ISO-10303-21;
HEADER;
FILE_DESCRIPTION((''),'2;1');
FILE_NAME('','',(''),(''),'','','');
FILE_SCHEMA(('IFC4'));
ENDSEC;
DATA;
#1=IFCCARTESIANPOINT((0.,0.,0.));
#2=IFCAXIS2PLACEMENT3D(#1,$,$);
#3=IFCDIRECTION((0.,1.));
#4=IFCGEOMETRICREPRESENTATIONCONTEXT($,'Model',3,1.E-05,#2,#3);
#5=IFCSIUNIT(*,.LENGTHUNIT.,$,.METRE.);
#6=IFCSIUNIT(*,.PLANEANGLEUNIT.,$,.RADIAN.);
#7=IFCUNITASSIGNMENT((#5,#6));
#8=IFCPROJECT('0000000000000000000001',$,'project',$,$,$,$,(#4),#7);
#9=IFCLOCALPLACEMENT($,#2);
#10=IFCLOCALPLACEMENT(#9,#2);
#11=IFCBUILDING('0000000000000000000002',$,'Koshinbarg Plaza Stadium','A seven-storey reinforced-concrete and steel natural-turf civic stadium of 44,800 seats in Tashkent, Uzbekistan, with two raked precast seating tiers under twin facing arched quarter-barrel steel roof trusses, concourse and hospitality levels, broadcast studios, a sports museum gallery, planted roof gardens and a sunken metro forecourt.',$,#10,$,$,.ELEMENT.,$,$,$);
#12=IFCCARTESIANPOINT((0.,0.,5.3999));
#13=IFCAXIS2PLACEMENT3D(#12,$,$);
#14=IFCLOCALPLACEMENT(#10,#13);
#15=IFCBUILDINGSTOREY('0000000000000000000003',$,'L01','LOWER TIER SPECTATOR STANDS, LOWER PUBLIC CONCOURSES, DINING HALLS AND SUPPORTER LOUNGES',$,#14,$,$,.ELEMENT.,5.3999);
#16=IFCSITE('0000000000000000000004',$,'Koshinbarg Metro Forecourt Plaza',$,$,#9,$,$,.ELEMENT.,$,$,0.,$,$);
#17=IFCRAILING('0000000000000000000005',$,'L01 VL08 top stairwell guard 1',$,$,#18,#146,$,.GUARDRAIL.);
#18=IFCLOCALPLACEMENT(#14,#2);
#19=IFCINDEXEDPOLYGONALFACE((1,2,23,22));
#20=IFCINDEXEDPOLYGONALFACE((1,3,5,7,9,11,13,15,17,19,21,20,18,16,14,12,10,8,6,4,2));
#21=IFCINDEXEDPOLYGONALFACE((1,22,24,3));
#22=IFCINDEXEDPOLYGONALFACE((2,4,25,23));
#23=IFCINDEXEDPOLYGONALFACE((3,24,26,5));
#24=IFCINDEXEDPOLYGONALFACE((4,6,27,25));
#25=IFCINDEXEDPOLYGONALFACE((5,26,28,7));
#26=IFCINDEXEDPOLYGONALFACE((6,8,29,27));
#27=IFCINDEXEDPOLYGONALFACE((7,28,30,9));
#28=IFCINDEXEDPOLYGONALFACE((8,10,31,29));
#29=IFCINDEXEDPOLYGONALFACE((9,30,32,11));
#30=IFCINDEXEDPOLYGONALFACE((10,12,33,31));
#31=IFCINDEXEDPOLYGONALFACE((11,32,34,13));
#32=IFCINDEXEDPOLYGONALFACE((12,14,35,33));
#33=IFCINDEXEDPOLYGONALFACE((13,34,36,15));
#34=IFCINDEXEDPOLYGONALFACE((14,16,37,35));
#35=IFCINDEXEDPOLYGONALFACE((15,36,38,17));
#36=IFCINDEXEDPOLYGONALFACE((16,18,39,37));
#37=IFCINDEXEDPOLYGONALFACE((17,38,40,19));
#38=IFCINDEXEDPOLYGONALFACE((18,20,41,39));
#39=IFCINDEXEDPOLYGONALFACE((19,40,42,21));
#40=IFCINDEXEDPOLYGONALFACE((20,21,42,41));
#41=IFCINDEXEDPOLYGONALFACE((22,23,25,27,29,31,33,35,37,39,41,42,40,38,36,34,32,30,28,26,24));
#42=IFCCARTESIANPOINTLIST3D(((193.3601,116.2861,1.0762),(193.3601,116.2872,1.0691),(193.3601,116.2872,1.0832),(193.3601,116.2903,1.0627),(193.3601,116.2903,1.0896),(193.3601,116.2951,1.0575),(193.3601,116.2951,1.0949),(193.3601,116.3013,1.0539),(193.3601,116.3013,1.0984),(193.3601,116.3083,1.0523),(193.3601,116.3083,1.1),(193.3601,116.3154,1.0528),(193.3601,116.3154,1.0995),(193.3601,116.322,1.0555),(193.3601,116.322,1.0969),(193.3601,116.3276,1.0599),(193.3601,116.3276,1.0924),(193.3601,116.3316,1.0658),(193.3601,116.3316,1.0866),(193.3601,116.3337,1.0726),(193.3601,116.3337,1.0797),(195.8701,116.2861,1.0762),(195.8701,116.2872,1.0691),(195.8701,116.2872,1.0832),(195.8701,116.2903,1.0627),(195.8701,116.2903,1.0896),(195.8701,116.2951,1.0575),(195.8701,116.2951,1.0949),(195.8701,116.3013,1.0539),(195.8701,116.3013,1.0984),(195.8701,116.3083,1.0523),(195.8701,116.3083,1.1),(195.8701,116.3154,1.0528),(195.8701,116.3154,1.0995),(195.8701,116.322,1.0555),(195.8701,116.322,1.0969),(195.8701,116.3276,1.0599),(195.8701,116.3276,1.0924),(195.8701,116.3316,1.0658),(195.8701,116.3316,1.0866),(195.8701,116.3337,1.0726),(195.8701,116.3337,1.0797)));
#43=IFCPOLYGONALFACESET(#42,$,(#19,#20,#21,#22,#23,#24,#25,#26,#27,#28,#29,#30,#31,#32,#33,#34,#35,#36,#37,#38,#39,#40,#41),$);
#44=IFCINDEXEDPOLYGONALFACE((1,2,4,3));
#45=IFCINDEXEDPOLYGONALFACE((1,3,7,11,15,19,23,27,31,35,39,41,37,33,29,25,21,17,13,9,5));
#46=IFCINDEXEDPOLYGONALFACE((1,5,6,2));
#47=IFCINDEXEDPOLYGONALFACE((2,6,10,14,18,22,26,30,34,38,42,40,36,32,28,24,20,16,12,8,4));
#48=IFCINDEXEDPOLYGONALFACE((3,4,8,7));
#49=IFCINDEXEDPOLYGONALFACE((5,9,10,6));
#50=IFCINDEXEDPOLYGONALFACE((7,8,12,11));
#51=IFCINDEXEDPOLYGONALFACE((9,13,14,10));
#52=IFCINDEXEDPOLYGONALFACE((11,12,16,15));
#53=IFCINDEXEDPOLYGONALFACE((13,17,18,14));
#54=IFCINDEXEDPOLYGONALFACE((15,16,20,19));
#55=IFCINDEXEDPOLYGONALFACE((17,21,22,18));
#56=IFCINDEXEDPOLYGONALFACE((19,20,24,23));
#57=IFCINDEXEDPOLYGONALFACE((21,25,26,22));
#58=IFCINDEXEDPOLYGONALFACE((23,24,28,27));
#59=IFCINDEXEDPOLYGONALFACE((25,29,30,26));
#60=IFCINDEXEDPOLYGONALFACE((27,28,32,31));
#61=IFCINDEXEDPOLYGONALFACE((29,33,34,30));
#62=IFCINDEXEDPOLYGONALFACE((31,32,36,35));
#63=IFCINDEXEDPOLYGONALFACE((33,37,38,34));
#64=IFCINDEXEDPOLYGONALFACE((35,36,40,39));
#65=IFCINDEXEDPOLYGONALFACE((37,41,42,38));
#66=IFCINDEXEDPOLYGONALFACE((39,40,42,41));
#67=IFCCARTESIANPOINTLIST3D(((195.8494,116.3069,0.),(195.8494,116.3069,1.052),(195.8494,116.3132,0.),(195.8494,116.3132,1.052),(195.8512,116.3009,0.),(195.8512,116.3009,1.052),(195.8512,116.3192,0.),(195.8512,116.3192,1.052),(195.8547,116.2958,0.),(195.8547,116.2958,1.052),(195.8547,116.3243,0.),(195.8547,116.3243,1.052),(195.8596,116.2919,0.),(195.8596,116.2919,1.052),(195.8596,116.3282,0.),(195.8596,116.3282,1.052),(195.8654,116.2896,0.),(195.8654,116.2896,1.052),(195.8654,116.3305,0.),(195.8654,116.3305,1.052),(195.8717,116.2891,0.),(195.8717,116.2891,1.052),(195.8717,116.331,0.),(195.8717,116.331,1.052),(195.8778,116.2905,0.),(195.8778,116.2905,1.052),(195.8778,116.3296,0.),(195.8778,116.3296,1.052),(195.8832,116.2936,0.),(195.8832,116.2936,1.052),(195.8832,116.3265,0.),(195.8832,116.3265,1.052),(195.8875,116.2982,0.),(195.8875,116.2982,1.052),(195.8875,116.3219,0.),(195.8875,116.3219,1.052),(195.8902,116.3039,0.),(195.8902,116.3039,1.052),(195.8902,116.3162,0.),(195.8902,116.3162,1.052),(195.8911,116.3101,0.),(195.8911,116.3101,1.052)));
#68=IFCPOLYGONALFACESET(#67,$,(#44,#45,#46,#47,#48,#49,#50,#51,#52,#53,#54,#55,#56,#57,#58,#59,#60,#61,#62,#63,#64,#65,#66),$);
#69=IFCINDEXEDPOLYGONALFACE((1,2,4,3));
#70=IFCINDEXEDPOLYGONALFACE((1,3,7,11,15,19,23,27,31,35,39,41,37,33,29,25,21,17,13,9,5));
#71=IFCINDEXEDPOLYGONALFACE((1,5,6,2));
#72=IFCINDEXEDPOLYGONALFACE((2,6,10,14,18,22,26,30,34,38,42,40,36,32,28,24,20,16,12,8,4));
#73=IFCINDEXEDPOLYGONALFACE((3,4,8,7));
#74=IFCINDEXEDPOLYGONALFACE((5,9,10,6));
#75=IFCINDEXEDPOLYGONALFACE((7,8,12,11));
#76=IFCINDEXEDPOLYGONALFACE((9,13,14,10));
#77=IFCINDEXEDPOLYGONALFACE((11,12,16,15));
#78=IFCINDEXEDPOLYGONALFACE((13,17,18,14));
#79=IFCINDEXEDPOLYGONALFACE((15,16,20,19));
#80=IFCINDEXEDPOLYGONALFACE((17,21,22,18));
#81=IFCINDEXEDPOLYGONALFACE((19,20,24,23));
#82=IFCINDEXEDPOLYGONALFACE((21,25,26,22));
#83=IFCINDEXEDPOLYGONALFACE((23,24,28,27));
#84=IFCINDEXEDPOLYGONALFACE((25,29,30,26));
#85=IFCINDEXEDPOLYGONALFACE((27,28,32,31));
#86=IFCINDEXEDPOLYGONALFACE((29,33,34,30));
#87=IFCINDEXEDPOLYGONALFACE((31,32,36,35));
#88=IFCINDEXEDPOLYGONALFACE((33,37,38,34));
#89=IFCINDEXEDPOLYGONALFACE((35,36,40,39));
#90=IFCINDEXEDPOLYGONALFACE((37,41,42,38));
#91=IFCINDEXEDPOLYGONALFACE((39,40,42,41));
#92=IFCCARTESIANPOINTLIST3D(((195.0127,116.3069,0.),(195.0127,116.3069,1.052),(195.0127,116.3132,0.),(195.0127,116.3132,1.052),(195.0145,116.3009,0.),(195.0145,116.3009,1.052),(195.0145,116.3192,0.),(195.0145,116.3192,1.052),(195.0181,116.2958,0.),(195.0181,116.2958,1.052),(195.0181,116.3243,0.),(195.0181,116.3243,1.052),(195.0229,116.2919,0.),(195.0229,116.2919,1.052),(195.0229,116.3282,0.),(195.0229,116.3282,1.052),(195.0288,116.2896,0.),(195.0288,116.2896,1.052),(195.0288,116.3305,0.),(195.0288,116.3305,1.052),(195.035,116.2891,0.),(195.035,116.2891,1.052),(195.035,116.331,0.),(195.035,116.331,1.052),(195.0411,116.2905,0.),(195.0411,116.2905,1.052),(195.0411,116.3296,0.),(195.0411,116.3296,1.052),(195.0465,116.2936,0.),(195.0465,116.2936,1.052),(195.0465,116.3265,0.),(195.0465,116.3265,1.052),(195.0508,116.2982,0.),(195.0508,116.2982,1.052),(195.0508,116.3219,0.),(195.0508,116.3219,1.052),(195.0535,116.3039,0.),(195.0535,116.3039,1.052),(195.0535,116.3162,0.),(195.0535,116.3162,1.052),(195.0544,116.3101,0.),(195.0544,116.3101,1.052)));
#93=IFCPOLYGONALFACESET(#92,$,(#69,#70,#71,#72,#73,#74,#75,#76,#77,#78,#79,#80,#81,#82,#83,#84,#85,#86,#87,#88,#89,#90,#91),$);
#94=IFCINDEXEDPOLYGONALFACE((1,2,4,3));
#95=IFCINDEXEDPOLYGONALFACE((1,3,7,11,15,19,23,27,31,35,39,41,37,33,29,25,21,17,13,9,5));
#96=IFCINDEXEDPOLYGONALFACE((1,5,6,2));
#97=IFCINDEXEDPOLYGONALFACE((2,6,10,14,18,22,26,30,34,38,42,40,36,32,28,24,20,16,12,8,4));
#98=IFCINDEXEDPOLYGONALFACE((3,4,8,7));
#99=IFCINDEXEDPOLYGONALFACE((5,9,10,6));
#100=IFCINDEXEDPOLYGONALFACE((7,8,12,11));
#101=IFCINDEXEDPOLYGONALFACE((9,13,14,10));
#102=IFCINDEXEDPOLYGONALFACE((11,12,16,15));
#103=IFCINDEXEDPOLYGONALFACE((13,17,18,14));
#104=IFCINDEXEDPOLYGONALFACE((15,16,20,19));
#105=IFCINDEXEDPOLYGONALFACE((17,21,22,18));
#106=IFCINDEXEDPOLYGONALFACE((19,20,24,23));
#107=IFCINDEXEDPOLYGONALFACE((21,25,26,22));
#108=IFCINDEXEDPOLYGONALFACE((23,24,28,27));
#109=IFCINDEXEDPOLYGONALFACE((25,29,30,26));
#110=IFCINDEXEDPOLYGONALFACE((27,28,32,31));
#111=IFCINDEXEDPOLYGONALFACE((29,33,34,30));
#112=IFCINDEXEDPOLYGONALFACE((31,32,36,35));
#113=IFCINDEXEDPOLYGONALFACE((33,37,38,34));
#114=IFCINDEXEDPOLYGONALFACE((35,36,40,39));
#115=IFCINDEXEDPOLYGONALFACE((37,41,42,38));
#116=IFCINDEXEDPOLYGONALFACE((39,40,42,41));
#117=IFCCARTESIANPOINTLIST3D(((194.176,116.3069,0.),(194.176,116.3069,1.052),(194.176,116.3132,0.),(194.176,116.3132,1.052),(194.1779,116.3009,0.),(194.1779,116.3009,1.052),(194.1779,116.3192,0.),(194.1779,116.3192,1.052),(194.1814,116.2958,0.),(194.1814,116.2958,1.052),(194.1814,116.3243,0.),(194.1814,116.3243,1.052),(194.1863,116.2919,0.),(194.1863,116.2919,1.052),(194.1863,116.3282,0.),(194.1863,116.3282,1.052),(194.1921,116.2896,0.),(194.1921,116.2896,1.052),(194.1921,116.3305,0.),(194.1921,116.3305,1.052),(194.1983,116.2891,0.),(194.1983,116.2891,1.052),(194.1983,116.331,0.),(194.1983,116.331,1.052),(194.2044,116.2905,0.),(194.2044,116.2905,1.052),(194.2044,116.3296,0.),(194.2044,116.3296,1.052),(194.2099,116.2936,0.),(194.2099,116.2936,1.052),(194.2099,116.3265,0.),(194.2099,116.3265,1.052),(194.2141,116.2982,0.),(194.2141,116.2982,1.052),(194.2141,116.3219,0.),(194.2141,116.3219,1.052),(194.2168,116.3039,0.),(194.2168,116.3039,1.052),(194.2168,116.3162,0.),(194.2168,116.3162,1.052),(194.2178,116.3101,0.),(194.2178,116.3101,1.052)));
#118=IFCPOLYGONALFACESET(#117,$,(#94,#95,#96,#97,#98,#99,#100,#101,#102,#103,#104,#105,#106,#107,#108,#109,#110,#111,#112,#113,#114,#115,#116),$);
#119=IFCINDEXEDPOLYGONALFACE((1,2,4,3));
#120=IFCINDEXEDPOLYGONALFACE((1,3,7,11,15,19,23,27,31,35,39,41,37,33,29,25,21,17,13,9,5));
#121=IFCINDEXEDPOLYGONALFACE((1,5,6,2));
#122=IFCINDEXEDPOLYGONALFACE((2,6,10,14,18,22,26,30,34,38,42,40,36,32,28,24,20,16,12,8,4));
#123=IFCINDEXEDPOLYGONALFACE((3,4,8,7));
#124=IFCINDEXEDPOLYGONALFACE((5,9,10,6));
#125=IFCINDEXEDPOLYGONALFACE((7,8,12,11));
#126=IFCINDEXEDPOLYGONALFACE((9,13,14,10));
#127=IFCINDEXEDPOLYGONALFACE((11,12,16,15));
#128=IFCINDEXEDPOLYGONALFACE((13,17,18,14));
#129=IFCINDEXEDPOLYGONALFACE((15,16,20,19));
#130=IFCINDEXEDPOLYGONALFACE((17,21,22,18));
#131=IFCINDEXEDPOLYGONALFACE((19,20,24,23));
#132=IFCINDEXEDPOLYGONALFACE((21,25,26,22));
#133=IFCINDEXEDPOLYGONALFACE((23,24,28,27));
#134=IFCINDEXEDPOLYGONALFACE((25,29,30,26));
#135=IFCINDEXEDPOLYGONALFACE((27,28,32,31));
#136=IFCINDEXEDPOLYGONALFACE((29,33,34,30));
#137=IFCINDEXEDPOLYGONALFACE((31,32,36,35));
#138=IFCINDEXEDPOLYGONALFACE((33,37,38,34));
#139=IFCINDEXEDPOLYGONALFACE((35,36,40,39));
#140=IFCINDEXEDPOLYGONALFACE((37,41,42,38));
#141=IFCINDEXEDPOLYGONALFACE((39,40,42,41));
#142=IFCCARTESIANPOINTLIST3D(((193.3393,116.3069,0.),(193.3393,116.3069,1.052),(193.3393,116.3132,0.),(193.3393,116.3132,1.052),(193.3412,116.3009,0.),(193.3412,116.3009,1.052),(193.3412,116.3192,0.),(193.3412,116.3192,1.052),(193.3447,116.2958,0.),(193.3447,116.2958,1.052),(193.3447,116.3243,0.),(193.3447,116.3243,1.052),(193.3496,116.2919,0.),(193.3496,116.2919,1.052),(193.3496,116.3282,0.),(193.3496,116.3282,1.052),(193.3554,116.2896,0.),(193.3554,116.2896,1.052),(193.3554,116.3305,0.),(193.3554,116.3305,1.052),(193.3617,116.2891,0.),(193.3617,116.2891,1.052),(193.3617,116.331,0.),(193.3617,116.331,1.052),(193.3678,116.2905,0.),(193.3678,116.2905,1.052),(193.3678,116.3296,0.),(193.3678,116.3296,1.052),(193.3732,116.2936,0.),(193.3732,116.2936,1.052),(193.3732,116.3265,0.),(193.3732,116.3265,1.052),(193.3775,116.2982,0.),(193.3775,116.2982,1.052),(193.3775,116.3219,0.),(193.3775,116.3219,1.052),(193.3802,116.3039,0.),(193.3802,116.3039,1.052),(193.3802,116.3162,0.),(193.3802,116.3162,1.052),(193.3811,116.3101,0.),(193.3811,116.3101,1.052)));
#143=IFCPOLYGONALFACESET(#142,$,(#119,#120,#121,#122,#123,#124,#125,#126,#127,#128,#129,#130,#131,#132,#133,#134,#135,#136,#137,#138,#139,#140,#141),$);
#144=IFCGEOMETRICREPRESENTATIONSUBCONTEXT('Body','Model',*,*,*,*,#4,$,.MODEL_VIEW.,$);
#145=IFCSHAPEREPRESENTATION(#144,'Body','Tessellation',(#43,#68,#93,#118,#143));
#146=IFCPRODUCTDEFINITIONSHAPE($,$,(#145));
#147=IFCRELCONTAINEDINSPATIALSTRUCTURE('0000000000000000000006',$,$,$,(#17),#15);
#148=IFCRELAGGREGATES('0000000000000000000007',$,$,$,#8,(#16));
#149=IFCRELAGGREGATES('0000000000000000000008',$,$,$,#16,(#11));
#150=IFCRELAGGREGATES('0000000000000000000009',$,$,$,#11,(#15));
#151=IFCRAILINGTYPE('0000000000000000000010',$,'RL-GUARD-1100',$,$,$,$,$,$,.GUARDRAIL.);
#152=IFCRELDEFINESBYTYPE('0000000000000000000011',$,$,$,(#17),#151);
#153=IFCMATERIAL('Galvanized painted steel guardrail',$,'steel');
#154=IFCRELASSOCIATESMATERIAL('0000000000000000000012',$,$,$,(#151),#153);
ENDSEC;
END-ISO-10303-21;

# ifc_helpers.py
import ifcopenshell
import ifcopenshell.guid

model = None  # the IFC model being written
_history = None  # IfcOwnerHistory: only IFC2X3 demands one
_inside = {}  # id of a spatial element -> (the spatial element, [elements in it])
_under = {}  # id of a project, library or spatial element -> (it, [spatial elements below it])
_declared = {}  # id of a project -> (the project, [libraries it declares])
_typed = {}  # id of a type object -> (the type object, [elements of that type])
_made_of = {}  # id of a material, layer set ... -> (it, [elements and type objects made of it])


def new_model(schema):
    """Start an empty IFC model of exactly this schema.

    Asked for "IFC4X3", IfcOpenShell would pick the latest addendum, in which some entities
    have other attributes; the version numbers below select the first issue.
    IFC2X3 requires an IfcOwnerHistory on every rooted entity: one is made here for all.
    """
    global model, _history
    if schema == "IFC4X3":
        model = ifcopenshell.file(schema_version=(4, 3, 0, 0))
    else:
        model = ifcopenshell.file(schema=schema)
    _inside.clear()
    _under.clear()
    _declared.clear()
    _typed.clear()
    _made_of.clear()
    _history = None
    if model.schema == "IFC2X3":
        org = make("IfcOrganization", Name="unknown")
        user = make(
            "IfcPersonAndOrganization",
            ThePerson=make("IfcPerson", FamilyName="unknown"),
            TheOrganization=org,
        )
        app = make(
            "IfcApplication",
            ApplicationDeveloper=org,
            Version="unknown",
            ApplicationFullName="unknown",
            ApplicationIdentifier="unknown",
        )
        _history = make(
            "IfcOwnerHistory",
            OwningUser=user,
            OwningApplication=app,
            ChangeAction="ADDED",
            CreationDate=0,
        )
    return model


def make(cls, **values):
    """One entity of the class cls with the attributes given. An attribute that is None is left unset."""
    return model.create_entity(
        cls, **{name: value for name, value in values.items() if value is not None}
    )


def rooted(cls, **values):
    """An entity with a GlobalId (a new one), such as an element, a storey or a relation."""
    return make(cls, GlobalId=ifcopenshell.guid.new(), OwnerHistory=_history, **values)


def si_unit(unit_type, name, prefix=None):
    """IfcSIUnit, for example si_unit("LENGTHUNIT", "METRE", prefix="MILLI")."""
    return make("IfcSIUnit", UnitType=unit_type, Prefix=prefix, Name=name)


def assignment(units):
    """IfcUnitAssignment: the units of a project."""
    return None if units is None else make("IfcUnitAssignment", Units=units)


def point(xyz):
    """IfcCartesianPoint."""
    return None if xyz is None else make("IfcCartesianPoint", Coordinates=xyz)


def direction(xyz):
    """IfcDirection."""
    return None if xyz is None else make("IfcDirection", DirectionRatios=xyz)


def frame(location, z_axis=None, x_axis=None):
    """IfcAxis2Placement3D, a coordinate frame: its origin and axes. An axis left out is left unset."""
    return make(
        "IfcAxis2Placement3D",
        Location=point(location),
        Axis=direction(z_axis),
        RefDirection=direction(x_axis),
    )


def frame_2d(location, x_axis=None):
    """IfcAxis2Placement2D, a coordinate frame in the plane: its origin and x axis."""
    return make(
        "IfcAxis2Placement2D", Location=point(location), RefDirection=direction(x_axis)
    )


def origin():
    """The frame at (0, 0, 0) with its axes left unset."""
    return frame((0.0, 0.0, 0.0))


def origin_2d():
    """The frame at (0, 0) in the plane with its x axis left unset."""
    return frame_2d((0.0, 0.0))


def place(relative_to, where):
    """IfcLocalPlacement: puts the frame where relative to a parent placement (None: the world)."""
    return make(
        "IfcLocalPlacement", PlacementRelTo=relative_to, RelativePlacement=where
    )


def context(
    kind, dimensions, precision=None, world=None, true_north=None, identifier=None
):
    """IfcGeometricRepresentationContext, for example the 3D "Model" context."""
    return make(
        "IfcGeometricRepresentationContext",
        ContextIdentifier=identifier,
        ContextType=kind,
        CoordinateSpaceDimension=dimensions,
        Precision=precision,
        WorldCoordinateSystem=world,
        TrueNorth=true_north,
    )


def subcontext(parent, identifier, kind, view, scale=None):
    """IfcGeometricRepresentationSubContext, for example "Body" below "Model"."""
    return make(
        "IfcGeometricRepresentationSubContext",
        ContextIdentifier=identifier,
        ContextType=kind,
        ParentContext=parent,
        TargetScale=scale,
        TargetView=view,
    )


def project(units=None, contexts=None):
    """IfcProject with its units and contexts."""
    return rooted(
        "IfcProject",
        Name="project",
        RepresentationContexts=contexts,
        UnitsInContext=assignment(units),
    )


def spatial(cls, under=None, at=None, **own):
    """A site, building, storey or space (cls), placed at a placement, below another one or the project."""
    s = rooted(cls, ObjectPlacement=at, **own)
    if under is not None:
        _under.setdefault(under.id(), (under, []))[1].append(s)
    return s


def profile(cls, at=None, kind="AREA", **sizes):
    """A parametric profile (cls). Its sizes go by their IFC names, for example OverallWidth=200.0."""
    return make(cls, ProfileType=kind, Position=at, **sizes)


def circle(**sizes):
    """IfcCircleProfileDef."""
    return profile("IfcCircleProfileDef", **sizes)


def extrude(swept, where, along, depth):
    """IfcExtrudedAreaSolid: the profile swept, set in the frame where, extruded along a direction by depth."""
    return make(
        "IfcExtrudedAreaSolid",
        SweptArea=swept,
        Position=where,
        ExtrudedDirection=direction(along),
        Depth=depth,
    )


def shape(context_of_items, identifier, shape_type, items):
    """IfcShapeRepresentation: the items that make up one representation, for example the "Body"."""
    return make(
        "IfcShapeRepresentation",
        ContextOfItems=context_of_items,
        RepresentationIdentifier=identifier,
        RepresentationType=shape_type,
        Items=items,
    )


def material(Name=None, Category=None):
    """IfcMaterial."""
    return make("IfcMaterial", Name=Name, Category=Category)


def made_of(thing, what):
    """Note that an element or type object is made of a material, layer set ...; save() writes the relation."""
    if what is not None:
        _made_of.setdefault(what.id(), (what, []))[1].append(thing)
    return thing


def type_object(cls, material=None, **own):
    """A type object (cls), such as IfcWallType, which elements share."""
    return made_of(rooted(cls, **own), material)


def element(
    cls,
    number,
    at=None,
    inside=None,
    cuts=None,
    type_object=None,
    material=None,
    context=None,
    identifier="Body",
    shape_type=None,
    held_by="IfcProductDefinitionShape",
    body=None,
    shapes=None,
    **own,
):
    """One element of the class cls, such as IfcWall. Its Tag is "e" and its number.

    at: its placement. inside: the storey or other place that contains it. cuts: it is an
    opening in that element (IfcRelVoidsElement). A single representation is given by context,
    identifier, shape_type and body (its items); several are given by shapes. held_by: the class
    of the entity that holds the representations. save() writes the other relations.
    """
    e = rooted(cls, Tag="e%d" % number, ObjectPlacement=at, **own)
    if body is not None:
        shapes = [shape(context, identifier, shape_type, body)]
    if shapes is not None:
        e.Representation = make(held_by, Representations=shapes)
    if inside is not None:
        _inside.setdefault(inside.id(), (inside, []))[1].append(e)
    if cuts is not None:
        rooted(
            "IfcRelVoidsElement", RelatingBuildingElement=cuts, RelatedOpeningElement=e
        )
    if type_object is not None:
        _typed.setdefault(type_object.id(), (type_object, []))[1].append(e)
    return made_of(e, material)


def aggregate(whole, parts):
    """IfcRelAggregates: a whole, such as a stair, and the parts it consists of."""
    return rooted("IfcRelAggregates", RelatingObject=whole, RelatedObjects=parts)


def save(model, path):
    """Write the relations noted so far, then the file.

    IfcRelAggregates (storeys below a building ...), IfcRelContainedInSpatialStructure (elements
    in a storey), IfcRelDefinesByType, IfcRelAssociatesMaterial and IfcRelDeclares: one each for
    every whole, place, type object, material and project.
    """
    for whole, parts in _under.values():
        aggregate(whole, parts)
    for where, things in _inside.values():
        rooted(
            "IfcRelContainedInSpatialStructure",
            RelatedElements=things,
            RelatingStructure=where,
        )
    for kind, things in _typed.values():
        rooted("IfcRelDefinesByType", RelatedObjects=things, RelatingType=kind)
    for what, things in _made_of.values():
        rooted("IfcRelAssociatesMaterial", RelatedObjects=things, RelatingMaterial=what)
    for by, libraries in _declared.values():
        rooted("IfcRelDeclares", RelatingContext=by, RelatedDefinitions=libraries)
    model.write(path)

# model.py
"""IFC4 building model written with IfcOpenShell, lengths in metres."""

from ifc_helpers import new_model, si_unit, direction, frame, origin, origin_2d, place, context, subcontext, project, spatial, circle, extrude, material, type_object, element, save


model = new_model("IFC4")

# Units and contexts
model_context = context("Model", 3, precision=1e-05, world=origin(), true_north=direction((0.0, 1.0)))
body_context = subcontext(model_context, "Body", "Model", "MODEL_VIEW")
ifc_project = project(units=[si_unit("LENGTHUNIT", "METRE"), si_unit("PLANEANGLEUNIT", "RADIAN")], contexts=[model_context])

# Site, building, storey
site_placement = place(None, origin())
site = spatial("IfcSite", under=ifc_project, at=site_placement, Name="Koshinbarg Metro Forecourt Plaza", CompositionType="ELEMENT", RefElevation=0.0)
building_placement = place(site_placement, origin())
building = spatial("IfcBuilding", under=site, at=building_placement, Name="Koshinbarg Plaza Stadium", Description="A seven-storey reinforced-concrete and steel natural-turf civic stadium of 44,800 seats in Tashkent, Uzbekistan, with two raked precast seating tiers under twin facing arched quarter-barrel steel roof trusses, concourse and hospitality levels, broadcast studios, a sports museum gallery, planted roof gardens and a sunken metro forecourt.", CompositionType="ELEMENT")
storey_placement = place(building_placement, frame((0.0, 0.0, 5.3999)))
storey = spatial("IfcBuildingStorey", under=building, at=storey_placement, Name="L01", Description="LOWER TIER SPECTATOR STANDS, LOWER PUBLIC CONCOURSES, DINING HALLS AND SUPPORTER LOUNGES", CompositionType="ELEMENT", Elevation=5.3999)

# Railing
ifc_material_1 = material(Name="Galvanized painted steel guardrail", Category="steel")
railing_type_1 = type_object("IfcRailingType", Name="RL-GUARD-1100", PredefinedType="GUARDRAIL", material=ifc_material_1)
railing_1_placement = place(storey_placement, frame((195.8701, 116.3101, 0.0)))
element("IfcRailing", 1, at=railing_1_placement, inside=storey, type_object=railing_type_1, Name="L01 VL08 top stairwell guard 1", PredefinedType="GUARDRAIL", context=body_context, shape_type="SweptSolid", body=[
    extrude(circle(Radius=0.0239, at=origin_2d()), frame((0.0, 0.0, 1.0762), z_axis=(-1.0, 0.0, 0.0), x_axis=(0.0, -1.0, 0.0)), (0.0, 0.0, 1.0), 2.51),
    extrude(circle(Radius=0.021, at=origin_2d()), origin(), (0.0, 0.0, 1.0), 1.052),
    extrude(circle(Radius=0.021, at=origin_2d()), frame((-0.8367, 0.0, 0.0)), (0.0, 0.0, 1.0), 1.052),
    extrude(circle(Radius=0.021, at=origin_2d()), frame((-1.6733, 0.0, 0.0)), (0.0, 0.0, 1.0), 1.052),
    extrude(circle(Radius=0.021, at=origin_2d()), frame((-2.51, 0.0, 0.0)), (0.0, 0.0, 1.0), 1.052),
])

save(model, "model.ifc")
